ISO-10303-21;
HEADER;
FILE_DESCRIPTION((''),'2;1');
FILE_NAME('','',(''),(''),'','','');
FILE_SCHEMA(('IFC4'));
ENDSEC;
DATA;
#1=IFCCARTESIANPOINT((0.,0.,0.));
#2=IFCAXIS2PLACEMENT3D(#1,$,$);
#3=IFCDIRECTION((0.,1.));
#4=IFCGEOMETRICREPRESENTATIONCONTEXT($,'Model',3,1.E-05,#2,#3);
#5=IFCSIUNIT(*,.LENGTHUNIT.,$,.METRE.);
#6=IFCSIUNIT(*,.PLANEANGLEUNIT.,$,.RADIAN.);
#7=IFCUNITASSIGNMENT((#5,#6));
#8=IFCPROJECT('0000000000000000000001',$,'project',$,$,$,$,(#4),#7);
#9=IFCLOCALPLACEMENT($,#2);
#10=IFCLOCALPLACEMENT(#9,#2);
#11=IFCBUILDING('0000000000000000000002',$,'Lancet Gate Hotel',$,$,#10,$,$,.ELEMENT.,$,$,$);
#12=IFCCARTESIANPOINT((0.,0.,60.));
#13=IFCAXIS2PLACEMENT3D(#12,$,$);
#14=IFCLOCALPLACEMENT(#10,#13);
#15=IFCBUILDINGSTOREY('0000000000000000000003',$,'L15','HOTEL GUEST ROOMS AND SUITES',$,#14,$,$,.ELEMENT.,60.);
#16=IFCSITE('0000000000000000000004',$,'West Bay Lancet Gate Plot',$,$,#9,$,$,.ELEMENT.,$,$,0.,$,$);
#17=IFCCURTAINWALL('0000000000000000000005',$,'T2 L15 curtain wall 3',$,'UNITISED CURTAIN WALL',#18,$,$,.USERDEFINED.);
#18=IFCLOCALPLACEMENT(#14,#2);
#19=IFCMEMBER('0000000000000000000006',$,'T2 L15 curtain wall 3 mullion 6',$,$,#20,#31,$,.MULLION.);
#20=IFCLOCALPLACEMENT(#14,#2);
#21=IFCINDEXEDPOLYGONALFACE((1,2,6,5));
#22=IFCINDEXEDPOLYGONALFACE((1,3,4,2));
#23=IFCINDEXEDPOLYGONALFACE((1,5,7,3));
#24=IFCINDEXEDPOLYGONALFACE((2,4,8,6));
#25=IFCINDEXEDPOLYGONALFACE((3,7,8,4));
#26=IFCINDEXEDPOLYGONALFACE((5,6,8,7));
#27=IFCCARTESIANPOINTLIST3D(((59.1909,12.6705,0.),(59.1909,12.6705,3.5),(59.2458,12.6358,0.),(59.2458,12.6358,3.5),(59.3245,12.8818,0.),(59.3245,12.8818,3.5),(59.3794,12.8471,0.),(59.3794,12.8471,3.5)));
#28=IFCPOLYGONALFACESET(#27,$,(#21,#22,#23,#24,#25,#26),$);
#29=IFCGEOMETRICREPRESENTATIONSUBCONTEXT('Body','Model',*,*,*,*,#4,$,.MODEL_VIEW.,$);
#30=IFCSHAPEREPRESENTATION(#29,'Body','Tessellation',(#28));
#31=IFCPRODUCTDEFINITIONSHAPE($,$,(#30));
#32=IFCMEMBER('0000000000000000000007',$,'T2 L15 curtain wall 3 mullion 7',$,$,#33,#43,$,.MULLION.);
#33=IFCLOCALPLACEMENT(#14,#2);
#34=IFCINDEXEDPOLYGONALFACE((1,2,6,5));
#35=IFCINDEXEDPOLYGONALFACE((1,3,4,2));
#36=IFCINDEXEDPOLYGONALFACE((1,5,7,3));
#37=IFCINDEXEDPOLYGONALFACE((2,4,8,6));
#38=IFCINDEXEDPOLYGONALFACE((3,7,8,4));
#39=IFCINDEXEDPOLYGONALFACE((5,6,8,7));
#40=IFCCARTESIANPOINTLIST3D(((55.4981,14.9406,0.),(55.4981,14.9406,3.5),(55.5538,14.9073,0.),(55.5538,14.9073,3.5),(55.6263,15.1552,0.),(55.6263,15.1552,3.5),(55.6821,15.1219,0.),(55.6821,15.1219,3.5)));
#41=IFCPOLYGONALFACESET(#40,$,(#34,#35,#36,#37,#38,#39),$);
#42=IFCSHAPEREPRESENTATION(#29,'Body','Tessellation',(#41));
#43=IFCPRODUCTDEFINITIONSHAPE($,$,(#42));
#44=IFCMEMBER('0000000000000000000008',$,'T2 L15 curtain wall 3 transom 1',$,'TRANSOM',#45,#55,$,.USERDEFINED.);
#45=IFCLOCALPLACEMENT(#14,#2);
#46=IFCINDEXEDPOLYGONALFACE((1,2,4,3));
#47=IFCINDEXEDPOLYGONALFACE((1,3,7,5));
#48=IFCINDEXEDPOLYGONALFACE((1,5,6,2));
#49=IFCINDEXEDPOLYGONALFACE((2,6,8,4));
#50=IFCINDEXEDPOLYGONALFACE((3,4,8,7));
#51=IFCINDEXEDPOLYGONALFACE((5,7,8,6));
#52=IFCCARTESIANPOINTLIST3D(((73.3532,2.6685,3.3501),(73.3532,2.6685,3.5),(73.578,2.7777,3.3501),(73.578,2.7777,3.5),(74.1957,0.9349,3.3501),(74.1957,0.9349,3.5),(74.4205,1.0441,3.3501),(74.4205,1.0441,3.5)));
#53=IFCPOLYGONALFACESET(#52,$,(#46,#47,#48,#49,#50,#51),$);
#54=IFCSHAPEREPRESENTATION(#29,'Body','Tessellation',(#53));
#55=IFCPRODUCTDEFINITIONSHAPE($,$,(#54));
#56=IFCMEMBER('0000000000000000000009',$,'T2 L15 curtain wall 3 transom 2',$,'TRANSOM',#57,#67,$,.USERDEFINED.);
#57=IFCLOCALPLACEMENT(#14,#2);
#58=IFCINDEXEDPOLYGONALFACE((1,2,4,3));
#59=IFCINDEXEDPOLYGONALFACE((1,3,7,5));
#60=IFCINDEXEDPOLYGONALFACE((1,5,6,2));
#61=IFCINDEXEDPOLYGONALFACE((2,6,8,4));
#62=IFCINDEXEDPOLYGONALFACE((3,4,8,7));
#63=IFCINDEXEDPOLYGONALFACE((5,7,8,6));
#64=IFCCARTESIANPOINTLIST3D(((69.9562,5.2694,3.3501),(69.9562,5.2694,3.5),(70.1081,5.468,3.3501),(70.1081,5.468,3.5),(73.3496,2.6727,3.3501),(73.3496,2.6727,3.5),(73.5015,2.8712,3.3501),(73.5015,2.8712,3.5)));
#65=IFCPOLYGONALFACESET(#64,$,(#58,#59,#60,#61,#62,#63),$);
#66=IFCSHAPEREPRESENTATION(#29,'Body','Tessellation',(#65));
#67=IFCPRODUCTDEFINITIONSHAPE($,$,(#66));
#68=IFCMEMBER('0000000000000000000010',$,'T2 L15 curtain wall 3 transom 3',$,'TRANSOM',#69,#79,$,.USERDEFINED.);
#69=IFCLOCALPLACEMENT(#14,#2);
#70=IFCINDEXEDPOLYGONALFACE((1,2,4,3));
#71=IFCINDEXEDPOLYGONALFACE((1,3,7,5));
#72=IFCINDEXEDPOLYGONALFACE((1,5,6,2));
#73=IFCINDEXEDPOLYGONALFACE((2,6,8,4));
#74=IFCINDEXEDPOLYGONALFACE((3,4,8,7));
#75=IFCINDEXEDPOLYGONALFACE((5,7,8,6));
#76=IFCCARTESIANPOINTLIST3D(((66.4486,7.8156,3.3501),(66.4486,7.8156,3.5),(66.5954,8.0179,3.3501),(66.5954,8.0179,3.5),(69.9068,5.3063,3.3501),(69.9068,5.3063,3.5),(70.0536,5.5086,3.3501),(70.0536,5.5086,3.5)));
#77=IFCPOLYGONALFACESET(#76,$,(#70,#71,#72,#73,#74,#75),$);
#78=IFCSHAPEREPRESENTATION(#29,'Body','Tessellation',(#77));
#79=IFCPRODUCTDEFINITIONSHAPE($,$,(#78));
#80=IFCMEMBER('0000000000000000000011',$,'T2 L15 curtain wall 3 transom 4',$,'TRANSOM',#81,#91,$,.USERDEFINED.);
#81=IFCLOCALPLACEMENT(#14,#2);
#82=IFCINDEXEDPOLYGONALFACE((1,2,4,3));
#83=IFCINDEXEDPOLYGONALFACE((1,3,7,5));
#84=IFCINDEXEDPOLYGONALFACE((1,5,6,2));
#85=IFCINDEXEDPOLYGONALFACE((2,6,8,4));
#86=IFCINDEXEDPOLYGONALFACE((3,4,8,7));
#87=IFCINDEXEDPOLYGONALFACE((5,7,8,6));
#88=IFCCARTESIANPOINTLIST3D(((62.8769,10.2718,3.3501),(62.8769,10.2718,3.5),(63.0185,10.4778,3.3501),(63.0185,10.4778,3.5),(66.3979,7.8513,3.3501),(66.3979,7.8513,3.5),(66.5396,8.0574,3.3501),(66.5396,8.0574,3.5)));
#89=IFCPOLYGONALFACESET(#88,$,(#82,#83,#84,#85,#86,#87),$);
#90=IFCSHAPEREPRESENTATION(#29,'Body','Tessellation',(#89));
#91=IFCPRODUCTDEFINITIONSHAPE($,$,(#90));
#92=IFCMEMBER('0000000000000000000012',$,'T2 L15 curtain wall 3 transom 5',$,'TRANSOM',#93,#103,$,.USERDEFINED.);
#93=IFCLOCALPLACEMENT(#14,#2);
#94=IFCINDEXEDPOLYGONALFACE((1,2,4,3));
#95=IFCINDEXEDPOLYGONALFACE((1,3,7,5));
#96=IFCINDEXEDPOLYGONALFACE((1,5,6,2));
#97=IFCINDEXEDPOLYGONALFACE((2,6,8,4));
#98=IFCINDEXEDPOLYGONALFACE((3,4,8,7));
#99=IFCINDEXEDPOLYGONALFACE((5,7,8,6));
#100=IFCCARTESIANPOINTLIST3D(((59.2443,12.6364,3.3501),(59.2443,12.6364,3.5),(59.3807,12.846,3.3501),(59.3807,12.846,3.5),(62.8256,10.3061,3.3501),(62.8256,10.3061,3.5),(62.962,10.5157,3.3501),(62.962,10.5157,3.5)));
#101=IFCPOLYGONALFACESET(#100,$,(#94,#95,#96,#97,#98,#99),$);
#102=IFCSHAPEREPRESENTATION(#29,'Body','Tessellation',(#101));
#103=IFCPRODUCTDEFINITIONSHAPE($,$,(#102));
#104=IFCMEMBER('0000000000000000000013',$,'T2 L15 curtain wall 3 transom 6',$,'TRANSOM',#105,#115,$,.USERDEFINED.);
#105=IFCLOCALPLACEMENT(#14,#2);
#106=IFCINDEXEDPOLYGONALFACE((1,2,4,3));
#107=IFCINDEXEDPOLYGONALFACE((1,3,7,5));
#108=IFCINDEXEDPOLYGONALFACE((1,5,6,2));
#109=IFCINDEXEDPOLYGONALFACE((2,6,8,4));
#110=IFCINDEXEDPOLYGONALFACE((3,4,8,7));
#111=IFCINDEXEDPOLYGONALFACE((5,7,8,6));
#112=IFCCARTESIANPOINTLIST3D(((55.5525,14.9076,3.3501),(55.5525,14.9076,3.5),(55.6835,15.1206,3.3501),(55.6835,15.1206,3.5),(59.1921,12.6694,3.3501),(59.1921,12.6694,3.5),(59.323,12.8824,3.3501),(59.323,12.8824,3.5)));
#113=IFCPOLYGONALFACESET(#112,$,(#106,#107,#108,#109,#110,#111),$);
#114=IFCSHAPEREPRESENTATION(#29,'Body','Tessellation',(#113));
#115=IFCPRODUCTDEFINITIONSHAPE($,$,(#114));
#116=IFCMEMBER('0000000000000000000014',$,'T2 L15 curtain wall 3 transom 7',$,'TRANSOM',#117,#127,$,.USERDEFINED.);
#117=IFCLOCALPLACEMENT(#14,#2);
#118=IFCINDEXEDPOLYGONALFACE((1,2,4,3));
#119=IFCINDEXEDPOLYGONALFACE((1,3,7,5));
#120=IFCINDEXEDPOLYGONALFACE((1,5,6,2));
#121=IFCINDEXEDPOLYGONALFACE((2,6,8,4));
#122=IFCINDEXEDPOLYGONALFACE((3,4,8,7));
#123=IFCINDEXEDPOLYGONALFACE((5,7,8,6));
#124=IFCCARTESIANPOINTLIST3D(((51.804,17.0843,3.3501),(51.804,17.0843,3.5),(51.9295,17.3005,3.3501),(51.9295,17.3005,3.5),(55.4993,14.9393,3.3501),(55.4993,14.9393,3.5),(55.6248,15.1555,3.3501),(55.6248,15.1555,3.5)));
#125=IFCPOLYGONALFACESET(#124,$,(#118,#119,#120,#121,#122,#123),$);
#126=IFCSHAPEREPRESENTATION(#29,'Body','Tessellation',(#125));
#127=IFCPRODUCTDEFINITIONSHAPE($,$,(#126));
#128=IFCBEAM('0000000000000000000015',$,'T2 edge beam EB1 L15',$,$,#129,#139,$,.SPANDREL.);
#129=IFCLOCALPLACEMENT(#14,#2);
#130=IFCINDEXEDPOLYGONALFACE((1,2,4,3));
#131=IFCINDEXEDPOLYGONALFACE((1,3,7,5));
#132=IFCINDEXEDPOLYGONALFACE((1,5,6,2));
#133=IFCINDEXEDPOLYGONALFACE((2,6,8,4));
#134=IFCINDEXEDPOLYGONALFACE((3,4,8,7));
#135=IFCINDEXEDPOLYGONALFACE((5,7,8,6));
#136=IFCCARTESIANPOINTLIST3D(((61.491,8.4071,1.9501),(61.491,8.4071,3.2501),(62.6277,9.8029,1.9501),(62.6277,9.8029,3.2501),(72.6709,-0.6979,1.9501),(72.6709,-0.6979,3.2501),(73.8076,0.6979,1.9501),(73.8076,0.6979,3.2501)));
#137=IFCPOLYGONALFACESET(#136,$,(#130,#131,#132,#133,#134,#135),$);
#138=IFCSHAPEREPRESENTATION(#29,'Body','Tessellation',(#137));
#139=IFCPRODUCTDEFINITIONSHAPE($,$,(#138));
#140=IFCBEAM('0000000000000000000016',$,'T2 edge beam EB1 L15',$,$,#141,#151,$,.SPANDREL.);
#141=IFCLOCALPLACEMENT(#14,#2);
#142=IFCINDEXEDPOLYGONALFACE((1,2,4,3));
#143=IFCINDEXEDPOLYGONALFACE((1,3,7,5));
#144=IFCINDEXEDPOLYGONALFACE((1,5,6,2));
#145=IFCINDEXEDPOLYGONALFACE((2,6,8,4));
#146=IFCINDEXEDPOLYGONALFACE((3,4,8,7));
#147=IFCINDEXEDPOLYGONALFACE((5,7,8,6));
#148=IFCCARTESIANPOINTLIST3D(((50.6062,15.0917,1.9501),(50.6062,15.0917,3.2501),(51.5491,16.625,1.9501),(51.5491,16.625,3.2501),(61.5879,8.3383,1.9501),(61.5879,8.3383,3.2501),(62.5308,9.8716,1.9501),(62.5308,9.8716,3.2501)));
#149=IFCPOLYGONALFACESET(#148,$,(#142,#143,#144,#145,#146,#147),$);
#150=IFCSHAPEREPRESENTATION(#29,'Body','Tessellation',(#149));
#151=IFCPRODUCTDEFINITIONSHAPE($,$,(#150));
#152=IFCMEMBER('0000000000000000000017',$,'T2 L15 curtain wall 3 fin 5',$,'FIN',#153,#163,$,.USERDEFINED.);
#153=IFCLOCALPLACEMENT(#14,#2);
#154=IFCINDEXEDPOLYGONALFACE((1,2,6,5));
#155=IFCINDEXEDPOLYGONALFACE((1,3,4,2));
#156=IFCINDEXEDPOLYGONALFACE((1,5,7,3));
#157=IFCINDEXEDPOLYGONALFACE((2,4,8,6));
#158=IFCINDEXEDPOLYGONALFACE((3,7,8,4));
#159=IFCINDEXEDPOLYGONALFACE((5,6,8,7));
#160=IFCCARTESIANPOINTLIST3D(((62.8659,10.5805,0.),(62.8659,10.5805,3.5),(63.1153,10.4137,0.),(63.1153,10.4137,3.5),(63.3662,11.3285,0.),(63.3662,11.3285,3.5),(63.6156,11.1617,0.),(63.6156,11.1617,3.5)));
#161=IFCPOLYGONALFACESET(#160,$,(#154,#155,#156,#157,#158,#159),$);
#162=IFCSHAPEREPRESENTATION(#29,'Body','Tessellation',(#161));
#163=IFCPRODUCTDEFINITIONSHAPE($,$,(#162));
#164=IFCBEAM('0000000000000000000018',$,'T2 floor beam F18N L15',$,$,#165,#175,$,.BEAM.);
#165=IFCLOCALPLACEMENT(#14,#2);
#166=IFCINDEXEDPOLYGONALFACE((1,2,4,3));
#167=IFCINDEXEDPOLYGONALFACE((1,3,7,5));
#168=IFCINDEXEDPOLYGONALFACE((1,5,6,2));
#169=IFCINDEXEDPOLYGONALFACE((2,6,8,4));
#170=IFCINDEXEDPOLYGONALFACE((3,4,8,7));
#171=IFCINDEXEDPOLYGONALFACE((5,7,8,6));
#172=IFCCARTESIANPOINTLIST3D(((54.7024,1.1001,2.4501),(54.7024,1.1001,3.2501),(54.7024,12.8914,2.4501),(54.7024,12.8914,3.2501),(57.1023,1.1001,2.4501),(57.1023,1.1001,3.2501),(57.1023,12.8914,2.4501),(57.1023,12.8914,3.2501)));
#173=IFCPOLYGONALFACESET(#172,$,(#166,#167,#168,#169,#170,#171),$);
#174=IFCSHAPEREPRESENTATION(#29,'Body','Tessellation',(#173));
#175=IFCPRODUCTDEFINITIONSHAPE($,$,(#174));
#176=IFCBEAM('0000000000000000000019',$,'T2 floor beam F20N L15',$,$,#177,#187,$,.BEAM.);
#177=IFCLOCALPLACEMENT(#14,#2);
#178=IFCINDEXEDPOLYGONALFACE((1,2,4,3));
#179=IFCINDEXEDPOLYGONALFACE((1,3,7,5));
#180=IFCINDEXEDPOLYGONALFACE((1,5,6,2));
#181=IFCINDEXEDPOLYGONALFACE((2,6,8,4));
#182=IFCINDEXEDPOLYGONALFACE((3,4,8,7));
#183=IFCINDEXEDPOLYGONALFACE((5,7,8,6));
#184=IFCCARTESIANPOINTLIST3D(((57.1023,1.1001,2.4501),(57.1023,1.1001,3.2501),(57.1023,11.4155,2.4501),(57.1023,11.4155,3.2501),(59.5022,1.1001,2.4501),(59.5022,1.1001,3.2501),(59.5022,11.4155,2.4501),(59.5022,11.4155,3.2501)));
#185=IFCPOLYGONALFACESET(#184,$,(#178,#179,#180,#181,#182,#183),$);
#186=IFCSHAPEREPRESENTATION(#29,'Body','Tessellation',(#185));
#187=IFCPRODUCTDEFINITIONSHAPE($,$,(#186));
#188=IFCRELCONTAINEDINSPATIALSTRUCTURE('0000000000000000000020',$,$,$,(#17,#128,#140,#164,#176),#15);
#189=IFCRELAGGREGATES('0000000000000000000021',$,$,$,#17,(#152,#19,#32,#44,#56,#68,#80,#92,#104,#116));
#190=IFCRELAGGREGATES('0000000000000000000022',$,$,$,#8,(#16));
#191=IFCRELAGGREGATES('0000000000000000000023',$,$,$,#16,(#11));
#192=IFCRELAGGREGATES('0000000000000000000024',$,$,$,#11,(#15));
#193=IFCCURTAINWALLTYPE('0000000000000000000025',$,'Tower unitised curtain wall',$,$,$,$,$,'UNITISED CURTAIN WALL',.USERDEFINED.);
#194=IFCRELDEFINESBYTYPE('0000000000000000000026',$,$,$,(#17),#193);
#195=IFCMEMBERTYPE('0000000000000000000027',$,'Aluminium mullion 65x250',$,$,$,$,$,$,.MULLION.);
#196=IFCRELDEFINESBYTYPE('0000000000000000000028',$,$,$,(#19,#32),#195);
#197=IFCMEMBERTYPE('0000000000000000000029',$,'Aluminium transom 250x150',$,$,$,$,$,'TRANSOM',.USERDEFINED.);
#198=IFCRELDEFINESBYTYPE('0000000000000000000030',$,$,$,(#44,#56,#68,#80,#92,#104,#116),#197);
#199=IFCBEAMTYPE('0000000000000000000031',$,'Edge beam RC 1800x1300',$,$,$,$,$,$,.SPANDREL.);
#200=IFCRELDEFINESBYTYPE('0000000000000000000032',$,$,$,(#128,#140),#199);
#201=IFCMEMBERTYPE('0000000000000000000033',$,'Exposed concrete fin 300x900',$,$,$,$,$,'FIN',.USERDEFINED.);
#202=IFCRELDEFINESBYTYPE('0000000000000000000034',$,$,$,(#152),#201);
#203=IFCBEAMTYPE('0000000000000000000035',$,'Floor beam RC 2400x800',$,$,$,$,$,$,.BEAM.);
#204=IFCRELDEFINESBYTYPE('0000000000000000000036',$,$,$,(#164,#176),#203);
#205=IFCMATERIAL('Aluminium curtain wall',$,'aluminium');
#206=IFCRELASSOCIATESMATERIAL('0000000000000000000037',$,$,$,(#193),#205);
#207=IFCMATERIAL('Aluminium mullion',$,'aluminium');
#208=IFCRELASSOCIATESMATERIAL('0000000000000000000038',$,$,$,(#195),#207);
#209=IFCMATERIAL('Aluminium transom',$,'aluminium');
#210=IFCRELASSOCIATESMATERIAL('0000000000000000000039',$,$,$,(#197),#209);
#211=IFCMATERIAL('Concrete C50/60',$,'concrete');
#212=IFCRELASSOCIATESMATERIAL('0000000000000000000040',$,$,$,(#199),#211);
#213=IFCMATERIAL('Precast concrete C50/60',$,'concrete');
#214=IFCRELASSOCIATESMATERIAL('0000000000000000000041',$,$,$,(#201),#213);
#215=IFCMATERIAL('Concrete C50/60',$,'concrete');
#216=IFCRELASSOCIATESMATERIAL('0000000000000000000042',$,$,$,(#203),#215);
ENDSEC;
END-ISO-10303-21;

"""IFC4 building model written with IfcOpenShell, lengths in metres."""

from ifc_helpers import new_model, si_unit, direction, frame, origin, origin_2d, place, context, subcontext, project, spatial, rectangle, extrude, material, material_profile, profile_set, type_object, element, aggregate, save


model = new_model("IFC4")

# Units and contexts
model_context = context("Model", 3, precision=1e-05, world=origin(), true_north=direction((0.0, 1.0)))
body_context = subcontext(model_context, "Body", "Model", "MODEL_VIEW")
ifc_project = project(units=[si_unit("LENGTHUNIT", "METRE"), si_unit("PLANEANGLEUNIT", "RADIAN")], contexts=[model_context])

# Site, building, storey
site_placement = place(None, origin())
site = spatial("IfcSite", under=ifc_project, at=site_placement, Name="West Bay Lancet Gate Plot", CompositionType="ELEMENT", RefElevation=0.0)
building_placement = place(site_placement, origin())
building = spatial("IfcBuilding", under=site, at=building_placement, Name="Lancet Gate Hotel", CompositionType="ELEMENT")
storey_placement = place(building_placement, frame((0.0, 0.0, 60.0)))
storey = spatial("IfcBuildingStorey", under=building, at=storey_placement, Name="L15", Description="HOTEL GUEST ROOMS AND SUITES", CompositionType="ELEMENT", Elevation=60.0)

# Curtain wall, members
ifc_material_1 = material(Name="Aluminium curtain wall", Category="aluminium")
curtain_wall_type = type_object("IfcCurtainWallType", Name="Tower unitised curtain wall", ElementType="UNITISED CURTAIN WALL", PredefinedType="USERDEFINED", material=ifc_material_1)
curtain_wall_placement = place(storey_placement, origin())
curtain_wall = element("IfcCurtainWall", 1, at=curtain_wall_placement, inside=storey, type_object=curtain_wall_type, Name="T2 L15 curtain wall 3", ObjectType="UNITISED CURTAIN WALL", PredefinedType="USERDEFINED")
ifc_material_2 = material(Name="Aluminium mullion", Category="aluminium")
ifc_material_profile_1 = material_profile(ifc_material_2, rectangle(XDim=0.0649, YDim=0.25, at=origin_2d()), Name="MULLION 65x250")
ifc_profile_set_1 = profile_set([ifc_material_profile_1], Name="Aluminium mullion")
member_type_1 = type_object("IfcMemberType", Name="Aluminium mullion 65x250", PredefinedType="MULLION", material=ifc_profile_set_1)
member_1_placement = place(storey_placement, frame((59.2852, 12.7588, 0.0), z_axis=(0.0, 0.0, 1.0), x_axis=(-0.845079, 0.534641, 0.0)))
member_1 = element("IfcMember", 2, at=member_1_placement, type_object=member_type_1, Name="T2 L15 curtain wall 3 mullion 6", PredefinedType="MULLION", context=body_context, shape_type="SweptSolid", body=[
    extrude(rectangle(XDim=0.0649, YDim=0.25, at=origin_2d()), origin(), (0.0, 0.0, 1.0), 3.5),
])
member_2_placement = place(storey_placement, frame((55.5901, 15.0312, 0.0), z_axis=(0.0, 0.0, 1.0), x_axis=(-0.858413, 0.512959, 0.0)))
member_2 = element("IfcMember", 3, at=member_2_placement, type_object=member_type_1, Name="T2 L15 curtain wall 3 mullion 7", PredefinedType="MULLION", context=body_context, shape_type="SweptSolid", body=[
    extrude(rectangle(XDim=0.0649, YDim=0.25, at=origin_2d()), origin(), (0.0, 0.0, 1.0), 3.5),
])
ifc_material_3 = material(Name="Aluminium transom", Category="aluminium")
ifc_material_profile_2 = material_profile(ifc_material_3, rectangle(XDim=0.25, YDim=0.1499, at=origin_2d()), Name="TRANSOM 250x150")
ifc_profile_set_2 = profile_set([ifc_material_profile_2], Name="Aluminium transom")
member_type_2 = type_object("IfcMemberType", Name="Aluminium transom 250x150", ElementType="TRANSOM", PredefinedType="USERDEFINED", material=ifc_profile_set_2)
member_3_placement = place(storey_placement, frame((74.3081, 0.9895, 3.425), z_axis=(-0.437103, 0.899411, 0.0), x_axis=(-0.899411, -0.437103, 0.0)))
member_3 = element("IfcMember", 4, at=member_3_placement, type_object=member_type_2, Name="T2 L15 curtain wall 3 transom 1", ObjectType="TRANSOM", PredefinedType="USERDEFINED", context=body_context, shape_type="SweptSolid", body=[
    extrude(rectangle(XDim=0.25, YDim=0.1499, at=origin_2d()), origin(), (0.0, 0.0, 1.0), 1.9275),
])
member_4_placement = place(storey_placement, frame((73.4255, 2.772, 3.425), z_axis=(-0.794155, 0.607715, 0.0), x_axis=(-0.607715, -0.794155, 0.0)))
member_4 = element("IfcMember", 5, at=member_4_placement, type_object=member_type_2, Name="T2 L15 curtain wall 3 transom 2", ObjectType="TRANSOM", PredefinedType="USERDEFINED", context=body_context, shape_type="SweptSolid", body=[
    extrude(rectangle(XDim=0.25, YDim=0.1499, at=origin_2d()), origin(), (0.0, 0.0, 1.0), 4.2729),
])
member_5_placement = place(storey_placement, frame((69.9802, 5.4075, 3.425), z_axis=(-0.809383, 0.587281, 0.0), x_axis=(-0.587281, -0.809383, 0.0)))
member_5 = element("IfcMember", 6, at=member_5_placement, type_object=member_type_2, Name="T2 L15 curtain wall 3 transom 3", ObjectType="TRANSOM", PredefinedType="USERDEFINED", context=body_context, shape_type="SweptSolid", body=[
    extrude(rectangle(XDim=0.25, YDim=0.1499, at=origin_2d()), origin(), (0.0, 0.0, 1.0), 4.2727),
])
member_6_placement = place(storey_placement, frame((66.4688, 7.9543, 3.425), z_axis=(-0.824072, 0.566485, 0.0), x_axis=(-0.566485, -0.824072, 0.0)))
member_6 = element("IfcMember", 7, at=member_6_placement, type_object=member_type_2, Name="T2 L15 curtain wall 3 transom 4", ObjectType="TRANSOM", PredefinedType="USERDEFINED", context=body_context, shape_type="SweptSolid", body=[
    extrude(rectangle(XDim=0.25, YDim=0.1499, at=origin_2d()), origin(), (0.0, 0.0, 1.0), 4.2727),
])
member_7_placement = place(storey_placement, frame((62.8938, 10.4109, 3.425), z_axis=(-0.838179, 0.545396, 0.0), x_axis=(-0.545396, -0.838179, 0.0)))
member_7 = element("IfcMember", 8, at=member_7_placement, type_object=member_type_2, Name="T2 L15 curtain wall 3 transom 5", ObjectType="TRANSOM", PredefinedType="USERDEFINED", context=body_context, shape_type="SweptSolid", body=[
    extrude(rectangle(XDim=0.25, YDim=0.1499, at=origin_2d()), origin(), (0.0, 0.0, 1.0), 4.2727),
])
member_8_placement = place(storey_placement, frame((59.2576, 12.7759, 3.425), z_axis=(-0.851815, 0.523842, 0.0), x_axis=(-0.523842, -0.851815, 0.0)))
member_8 = element("IfcMember", 9, at=member_8_placement, type_object=member_type_2, Name="T2 L15 curtain wall 3 transom 6", ObjectType="TRANSOM", PredefinedType="USERDEFINED", context=body_context, shape_type="SweptSolid", body=[
    extrude(rectangle(XDim=0.25, YDim=0.1499, at=origin_2d()), origin(), (0.0, 0.0, 1.0), 4.2727),
])
member_9_placement = place(storey_placement, frame((55.562, 15.0474, 3.425), z_axis=(-0.864855, 0.502022, 0.0), x_axis=(-0.502022, -0.864855, 0.0)))
member_9 = element("IfcMember", 10, at=member_9_placement, type_object=member_type_2, Name="T2 L15 curtain wall 3 transom 7", ObjectType="TRANSOM", PredefinedType="USERDEFINED", context=body_context, shape_type="SweptSolid", body=[
    extrude(rectangle(XDim=0.25, YDim=0.1499, at=origin_2d()), origin(), (0.0, 0.0, 1.0), 4.2727),
])

# Beams
ifc_material_4 = material(Name="Concrete C50/60", Category="concrete")
ifc_material_profile_3 = material_profile(ifc_material_4, rectangle(XDim=1.8, YDim=1.3, at=origin_2d()), Name="RC 1800x1300")
ifc_profile_set_3 = profile_set([ifc_material_profile_3], Name="Concrete C50/60")
beam_type_1 = type_object("IfcBeamType", Name="Edge beam RC 1800x1300", PredefinedType="SPANDREL", material=ifc_profile_set_3)
beam_1_placement = place(storey_placement, frame((73.2393, 0.0, 2.6001), z_axis=(-0.775391, 0.631481, 0.0), x_axis=(-0.631481, -0.775391, 0.0)))
element("IfcBeam", 11, at=beam_1_placement, inside=storey, type_object=beam_type_1, Name="T2 edge beam EB1 L15", PredefinedType="SPANDREL", context=body_context, shape_type="SweptSolid", body=[
    extrude(rectangle(XDim=1.8, YDim=1.3, at=origin_2d()), origin(), (0.0, 0.0, 1.0), 14.4185),
])
beam_2_placement = place(storey_placement, frame((62.0593, 9.105, 2.6001), z_axis=(-0.851816, 0.523842, 0.0), x_axis=(-0.523842, -0.851816, 0.0)))
element("IfcBeam", 12, at=beam_2_placement, inside=storey, type_object=beam_type_1, Name="T2 edge beam EB1 L15", PredefinedType="SPANDREL", context=body_context, shape_type="SweptSolid", body=[
    extrude(rectangle(XDim=1.8, YDim=1.3, at=origin_2d()), origin(), (0.0, 0.0, 1.0), 12.8921),
])

# Member
ifc_material_5 = material(Name="Precast concrete C50/60", Category="concrete")
ifc_material_profile_4 = material_profile(ifc_material_5, rectangle(XDim=0.3, YDim=0.8999, at=origin_2d()), Name="FIN 300x900")
ifc_profile_set_4 = profile_set([ifc_material_profile_4], Name="Precast concrete C50/60")
member_type_3 = type_object("IfcMemberType", Name="Exposed concrete fin 300x900", ElementType="FIN", PredefinedType="USERDEFINED", material=ifc_profile_set_4)
member_10_placement = place(storey_placement, frame((63.2407, 10.8711, 0.0), z_axis=(0.0, 0.0, 1.0), x_axis=(-0.831198, 0.555976, 0.0)))
member_10 = element("IfcMember", 13, at=member_10_placement, type_object=member_type_3, Name="T2 L15 curtain wall 3 fin 5", ObjectType="FIN", PredefinedType="USERDEFINED", context=body_context, shape_type="SweptSolid", body=[
    extrude(rectangle(XDim=0.3, YDim=0.8999, at=origin_2d()), origin(), (0.0, 0.0, 1.0), 3.5),
])

# Beams
ifc_material_6 = material(Name="Concrete C50/60", Category="concrete")
ifc_material_profile_5 = material_profile(ifc_material_6, rectangle(XDim=2.3999, YDim=0.8, at=origin_2d()), Name="RC 2400x800")
ifc_profile_set_5 = profile_set([ifc_material_profile_5], Name="Concrete C50/60")
beam_type_2 = type_object("IfcBeamType", Name="Floor beam RC 2400x800", PredefinedType="BEAM", material=ifc_profile_set_5)
beam_3_placement = place(storey_placement, frame((55.9023, 1.1001, 2.8501), z_axis=(0.0, 1.0, 0.0), x_axis=(-1.0, 0.0, 0.0)))
element("IfcBeam", 14, at=beam_3_placement, inside=storey, type_object=beam_type_2, Name="T2 floor beam F18N L15", PredefinedType="BEAM", context=body_context, shape_type="SweptSolid", body=[
    extrude(rectangle(XDim=2.3999, YDim=0.8, at=origin_2d()), origin(), (0.0, 0.0, 1.0), 11.7913),
])
beam_4_placement = place(storey_placement, frame((58.3022, 1.1001, 2.8501), z_axis=(0.0, 1.0, 0.0), x_axis=(-1.0, 0.0, 0.0)))
element("IfcBeam", 15, at=beam_4_placement, inside=storey, type_object=beam_type_2, Name="T2 floor beam F20N L15", PredefinedType="BEAM", context=body_context, shape_type="SweptSolid", body=[
    extrude(rectangle(XDim=2.3999, YDim=0.8, at=origin_2d()), origin(), (0.0, 0.0, 1.0), 10.3154),
])

aggregate(curtain_wall, [member_10, member_1, member_2, member_3, member_4, member_5, member_6, member_7, member_8, member_9])

save(model, "model.ifc")
